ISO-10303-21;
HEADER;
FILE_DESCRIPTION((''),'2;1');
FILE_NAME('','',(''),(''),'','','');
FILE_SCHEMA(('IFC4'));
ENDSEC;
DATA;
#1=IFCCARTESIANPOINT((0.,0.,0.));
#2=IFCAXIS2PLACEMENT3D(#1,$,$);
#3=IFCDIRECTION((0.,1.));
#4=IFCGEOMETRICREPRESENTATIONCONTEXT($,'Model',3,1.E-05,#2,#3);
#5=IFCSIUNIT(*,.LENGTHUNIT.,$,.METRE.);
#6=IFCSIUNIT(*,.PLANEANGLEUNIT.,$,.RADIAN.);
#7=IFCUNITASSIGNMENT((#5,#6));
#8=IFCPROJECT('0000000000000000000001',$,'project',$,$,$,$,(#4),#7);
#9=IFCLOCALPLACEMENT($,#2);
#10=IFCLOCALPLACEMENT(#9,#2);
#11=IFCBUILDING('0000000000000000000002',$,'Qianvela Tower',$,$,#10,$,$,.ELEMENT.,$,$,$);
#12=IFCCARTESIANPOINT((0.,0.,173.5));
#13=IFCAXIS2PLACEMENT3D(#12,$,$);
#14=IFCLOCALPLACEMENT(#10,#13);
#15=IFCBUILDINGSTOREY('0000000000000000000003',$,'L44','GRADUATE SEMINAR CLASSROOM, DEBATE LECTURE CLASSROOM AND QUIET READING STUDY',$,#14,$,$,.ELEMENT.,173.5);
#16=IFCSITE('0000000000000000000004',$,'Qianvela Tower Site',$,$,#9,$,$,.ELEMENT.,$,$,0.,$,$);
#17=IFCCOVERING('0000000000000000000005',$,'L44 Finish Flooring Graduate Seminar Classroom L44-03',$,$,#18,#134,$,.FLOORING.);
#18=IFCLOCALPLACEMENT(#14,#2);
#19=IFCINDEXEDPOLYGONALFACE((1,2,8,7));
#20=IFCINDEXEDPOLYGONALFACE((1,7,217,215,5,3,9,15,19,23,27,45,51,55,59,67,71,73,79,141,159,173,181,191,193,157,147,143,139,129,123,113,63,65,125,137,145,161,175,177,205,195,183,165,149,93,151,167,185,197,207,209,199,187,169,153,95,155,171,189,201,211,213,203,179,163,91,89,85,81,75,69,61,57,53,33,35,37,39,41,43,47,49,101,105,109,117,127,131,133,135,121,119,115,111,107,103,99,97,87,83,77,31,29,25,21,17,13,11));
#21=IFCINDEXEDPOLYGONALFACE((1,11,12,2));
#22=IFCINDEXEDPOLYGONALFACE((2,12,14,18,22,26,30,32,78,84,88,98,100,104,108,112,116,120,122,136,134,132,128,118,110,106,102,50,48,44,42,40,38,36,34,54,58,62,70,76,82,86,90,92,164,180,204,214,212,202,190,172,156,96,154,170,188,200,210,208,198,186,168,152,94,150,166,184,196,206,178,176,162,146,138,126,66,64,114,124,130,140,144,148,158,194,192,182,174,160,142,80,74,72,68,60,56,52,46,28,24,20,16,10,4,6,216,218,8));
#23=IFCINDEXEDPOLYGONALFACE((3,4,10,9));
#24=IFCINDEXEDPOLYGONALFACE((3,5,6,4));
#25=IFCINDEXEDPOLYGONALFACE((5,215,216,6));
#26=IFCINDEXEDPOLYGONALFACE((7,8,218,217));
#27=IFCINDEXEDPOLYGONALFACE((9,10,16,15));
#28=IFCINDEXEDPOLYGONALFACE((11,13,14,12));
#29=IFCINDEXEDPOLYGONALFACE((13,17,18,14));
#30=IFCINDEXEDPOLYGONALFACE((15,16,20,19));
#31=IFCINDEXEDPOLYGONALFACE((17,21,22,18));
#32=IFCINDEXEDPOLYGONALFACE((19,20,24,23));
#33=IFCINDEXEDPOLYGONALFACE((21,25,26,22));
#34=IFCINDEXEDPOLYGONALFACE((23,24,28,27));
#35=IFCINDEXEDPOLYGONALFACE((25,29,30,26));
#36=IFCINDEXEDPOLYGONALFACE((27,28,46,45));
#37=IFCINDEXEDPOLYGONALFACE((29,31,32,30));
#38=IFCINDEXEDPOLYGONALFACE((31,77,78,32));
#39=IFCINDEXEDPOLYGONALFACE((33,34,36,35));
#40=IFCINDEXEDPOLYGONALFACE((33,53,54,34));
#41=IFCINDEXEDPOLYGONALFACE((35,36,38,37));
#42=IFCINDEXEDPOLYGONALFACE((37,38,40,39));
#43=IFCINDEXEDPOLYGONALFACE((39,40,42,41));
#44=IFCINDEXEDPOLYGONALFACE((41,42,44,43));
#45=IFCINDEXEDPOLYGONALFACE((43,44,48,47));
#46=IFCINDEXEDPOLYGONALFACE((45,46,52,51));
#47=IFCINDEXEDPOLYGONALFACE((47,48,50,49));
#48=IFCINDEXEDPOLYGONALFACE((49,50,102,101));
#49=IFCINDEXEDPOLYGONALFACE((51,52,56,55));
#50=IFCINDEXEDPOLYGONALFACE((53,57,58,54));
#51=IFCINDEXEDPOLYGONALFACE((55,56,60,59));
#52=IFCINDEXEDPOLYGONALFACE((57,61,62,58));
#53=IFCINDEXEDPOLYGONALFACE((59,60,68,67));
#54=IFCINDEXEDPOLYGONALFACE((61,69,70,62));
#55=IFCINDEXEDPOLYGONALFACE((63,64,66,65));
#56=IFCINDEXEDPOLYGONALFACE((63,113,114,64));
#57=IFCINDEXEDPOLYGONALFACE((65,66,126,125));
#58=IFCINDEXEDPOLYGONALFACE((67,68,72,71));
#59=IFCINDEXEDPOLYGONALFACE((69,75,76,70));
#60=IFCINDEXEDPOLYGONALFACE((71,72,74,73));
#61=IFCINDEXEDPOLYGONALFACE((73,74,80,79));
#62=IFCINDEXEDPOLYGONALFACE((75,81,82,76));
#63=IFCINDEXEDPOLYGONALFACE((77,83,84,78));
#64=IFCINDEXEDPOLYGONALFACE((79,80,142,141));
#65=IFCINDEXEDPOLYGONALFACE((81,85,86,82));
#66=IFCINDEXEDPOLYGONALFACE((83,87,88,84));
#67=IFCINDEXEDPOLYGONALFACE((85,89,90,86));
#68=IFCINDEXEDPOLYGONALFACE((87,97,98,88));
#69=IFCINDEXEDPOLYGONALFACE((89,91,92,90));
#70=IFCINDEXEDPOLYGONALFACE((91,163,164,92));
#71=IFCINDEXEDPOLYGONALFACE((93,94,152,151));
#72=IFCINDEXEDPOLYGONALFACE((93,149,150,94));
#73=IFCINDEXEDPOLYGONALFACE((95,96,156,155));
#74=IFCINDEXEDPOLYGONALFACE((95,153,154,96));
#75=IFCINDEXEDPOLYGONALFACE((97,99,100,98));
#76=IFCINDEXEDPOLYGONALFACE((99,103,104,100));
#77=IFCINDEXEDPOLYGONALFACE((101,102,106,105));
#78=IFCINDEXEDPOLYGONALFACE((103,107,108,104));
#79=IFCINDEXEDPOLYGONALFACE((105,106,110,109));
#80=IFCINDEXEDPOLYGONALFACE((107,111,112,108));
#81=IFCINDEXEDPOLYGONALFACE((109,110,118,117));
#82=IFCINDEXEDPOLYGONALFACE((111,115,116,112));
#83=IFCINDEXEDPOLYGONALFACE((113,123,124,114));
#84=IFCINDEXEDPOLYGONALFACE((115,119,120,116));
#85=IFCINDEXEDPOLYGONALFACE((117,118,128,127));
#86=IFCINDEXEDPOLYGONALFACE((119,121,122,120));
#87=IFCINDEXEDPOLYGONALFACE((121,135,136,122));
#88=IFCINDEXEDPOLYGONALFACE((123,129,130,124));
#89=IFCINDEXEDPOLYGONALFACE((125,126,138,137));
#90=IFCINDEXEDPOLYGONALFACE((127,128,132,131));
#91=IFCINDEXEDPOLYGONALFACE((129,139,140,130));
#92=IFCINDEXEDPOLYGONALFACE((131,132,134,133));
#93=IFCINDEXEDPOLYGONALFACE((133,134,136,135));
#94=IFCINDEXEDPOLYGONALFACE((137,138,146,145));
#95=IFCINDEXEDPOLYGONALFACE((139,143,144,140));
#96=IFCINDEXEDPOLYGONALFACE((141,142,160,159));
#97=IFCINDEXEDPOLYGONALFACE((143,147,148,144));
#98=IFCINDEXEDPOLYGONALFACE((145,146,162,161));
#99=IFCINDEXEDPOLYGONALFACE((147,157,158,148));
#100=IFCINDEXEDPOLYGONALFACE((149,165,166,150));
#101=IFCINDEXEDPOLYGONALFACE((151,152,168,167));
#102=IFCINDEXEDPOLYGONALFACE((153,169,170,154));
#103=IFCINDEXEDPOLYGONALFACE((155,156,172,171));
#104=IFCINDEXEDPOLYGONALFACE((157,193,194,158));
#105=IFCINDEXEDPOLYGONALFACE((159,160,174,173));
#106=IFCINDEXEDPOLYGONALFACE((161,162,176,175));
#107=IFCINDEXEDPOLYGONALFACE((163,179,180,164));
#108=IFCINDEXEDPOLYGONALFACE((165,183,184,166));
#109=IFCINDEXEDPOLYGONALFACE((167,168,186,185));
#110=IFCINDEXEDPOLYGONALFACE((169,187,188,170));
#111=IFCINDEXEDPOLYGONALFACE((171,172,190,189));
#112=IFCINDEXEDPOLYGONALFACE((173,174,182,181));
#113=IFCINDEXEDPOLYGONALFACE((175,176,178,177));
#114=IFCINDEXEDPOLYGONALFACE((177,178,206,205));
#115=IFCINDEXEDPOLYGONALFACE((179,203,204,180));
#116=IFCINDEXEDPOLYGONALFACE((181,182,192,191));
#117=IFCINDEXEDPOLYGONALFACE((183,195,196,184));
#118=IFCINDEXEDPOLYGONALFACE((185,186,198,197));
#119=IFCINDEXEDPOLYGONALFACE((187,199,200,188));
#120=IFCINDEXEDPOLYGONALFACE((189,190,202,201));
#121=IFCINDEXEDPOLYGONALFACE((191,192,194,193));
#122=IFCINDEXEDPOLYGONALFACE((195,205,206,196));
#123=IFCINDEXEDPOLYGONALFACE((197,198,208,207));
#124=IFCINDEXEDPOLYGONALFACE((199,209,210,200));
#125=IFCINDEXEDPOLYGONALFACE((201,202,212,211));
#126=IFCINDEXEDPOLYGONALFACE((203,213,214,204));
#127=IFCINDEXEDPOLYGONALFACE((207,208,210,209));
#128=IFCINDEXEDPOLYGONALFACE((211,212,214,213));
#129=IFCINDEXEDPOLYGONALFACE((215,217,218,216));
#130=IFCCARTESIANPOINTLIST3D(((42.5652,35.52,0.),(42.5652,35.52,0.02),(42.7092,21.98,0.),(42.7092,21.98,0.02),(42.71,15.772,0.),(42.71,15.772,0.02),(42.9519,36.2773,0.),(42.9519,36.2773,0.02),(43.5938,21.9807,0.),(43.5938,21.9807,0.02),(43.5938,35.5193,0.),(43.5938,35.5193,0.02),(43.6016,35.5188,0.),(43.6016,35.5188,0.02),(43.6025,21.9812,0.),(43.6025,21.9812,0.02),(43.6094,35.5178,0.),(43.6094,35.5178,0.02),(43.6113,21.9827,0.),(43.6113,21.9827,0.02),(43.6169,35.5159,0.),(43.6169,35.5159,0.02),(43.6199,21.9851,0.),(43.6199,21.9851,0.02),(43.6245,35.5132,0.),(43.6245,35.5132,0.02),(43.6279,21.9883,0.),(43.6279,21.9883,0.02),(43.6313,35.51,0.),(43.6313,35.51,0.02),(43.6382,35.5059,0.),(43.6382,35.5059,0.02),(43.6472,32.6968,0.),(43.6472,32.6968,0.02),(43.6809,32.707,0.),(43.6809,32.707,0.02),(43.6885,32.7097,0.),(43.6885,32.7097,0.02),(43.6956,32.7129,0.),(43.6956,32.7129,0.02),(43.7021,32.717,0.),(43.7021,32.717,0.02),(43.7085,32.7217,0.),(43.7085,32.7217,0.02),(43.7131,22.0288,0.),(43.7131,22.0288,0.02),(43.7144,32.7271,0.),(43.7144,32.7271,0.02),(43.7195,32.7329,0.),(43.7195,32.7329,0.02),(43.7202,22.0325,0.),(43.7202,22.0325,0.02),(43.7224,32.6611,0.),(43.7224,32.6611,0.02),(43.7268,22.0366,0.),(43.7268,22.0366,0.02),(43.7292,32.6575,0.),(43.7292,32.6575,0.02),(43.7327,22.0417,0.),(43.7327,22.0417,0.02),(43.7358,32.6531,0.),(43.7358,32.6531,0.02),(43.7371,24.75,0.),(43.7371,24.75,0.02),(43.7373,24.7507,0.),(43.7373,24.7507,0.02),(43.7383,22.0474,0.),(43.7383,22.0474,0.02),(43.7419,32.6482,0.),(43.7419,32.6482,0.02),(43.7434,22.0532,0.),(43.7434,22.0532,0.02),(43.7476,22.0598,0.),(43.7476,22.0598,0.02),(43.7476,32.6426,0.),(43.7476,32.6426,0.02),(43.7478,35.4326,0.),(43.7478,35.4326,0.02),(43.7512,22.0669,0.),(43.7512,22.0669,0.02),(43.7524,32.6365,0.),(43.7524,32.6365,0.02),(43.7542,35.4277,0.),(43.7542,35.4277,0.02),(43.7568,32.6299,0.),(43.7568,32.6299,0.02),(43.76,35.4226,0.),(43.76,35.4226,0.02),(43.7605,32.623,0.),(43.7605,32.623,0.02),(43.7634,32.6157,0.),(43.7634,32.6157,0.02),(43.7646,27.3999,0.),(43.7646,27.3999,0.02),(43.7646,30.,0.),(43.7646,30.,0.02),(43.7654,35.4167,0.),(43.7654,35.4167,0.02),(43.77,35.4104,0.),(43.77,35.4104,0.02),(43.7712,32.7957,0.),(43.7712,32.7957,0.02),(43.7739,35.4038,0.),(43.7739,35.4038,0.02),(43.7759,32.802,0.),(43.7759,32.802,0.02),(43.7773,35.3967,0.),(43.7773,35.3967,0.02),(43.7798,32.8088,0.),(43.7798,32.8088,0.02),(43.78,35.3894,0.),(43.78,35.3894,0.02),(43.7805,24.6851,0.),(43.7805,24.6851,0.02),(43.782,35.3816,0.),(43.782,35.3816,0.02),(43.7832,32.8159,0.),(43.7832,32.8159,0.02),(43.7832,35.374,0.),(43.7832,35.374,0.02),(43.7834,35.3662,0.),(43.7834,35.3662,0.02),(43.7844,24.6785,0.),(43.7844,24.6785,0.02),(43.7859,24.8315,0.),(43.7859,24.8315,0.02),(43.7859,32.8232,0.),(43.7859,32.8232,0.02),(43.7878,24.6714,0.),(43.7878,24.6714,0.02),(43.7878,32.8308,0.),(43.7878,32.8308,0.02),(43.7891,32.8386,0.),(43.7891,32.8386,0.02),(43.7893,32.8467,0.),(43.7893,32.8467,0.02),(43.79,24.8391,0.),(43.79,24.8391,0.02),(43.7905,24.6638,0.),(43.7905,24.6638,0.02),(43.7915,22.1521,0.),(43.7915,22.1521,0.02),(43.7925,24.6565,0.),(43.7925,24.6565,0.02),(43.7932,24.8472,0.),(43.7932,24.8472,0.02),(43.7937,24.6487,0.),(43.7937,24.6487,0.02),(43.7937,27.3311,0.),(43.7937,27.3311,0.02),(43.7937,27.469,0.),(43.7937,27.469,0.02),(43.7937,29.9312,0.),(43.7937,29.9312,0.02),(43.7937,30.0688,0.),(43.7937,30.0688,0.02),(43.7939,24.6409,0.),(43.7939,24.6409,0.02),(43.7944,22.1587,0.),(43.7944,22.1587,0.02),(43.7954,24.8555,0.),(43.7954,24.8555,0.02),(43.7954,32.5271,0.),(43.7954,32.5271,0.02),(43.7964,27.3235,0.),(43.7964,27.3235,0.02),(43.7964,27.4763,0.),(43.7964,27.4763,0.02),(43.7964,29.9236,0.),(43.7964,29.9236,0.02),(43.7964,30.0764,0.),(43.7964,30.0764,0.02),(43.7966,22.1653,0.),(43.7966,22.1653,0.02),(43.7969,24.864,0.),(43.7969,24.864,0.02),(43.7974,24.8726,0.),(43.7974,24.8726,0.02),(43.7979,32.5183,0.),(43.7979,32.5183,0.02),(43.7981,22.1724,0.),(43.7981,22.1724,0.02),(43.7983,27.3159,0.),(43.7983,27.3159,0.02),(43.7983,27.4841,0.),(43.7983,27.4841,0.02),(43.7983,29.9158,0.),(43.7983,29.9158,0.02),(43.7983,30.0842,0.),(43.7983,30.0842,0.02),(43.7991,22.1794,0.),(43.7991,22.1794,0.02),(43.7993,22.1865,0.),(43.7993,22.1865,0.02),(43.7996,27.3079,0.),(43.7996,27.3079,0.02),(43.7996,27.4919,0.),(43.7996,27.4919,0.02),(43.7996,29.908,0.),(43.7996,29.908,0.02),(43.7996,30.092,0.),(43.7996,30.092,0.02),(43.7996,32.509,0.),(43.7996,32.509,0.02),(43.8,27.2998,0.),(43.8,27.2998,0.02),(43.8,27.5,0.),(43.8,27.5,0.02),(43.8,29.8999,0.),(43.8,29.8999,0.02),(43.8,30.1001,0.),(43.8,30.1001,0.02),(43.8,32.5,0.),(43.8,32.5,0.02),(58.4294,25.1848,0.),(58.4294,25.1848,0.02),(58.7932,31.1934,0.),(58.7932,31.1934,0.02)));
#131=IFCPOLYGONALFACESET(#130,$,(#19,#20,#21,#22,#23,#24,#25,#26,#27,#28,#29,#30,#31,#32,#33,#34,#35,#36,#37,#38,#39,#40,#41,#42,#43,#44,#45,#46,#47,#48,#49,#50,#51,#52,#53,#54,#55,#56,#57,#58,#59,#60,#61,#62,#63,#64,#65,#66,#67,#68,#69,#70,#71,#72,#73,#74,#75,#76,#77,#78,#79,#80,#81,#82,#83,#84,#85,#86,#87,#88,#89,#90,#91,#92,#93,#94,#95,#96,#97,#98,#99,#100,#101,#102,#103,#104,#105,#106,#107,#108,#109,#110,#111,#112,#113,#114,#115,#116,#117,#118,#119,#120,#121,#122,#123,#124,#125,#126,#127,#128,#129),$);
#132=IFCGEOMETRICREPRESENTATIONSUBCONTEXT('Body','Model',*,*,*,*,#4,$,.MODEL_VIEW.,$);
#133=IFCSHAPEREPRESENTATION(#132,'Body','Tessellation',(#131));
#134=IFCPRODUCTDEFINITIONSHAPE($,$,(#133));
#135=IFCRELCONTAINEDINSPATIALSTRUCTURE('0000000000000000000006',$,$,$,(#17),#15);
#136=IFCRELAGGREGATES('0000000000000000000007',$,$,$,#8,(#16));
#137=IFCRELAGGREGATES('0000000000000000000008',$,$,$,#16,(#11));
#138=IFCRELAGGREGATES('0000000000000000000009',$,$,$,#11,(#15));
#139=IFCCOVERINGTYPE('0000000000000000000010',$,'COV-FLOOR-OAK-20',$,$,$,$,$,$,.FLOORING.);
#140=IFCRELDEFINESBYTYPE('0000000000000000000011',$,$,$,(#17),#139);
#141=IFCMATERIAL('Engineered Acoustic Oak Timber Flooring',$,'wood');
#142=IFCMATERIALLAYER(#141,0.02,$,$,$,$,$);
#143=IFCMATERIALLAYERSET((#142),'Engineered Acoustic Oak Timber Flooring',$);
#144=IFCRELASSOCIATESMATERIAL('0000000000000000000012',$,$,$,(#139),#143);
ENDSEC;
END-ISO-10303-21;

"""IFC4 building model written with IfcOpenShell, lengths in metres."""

from ifc_helpers import new_model, si_unit, direction, frame, origin, place, context, subcontext, project, spatial, polyline, outline, extrude, material, layer, layer_set, type_object, element, save


model = new_model("IFC4")

# Units and contexts
model_context = context("Model", 3, precision=1e-05, world=origin(), true_north=direction((0.0, 1.0)))
body_context = subcontext(model_context, "Body", "Model", "MODEL_VIEW")
ifc_project = project(units=[si_unit("LENGTHUNIT", "METRE"), si_unit("PLANEANGLEUNIT", "RADIAN")], contexts=[model_context])

# Site, building, storey
site_placement = place(None, origin())
site = spatial("IfcSite", under=ifc_project, at=site_placement, Name="Qianvela Tower Site", CompositionType="ELEMENT", RefElevation=0.0)
building_placement = place(site_placement, origin())
building = spatial("IfcBuilding", under=site, at=building_placement, Name="Qianvela Tower", CompositionType="ELEMENT")
storey_placement = place(building_placement, frame((0.0, 0.0, 173.5)))
storey = spatial("IfcBuildingStorey", under=building, at=storey_placement, Name="L44", Description="GRADUATE SEMINAR CLASSROOM, DEBATE LECTURE CLASSROOM AND QUIET READING STUDY", CompositionType="ELEMENT", Elevation=173.5)

# Covering
ifc_material_1 = material(Name="Engineered Acoustic Oak Timber Flooring", Category="wood")
ifc_layer_1 = layer(ifc_material_1, 0.02)
ifc_layer_set_1 = layer_set([ifc_layer_1], Name="Engineered Acoustic Oak Timber Flooring")
covering_type_1 = type_object("IfcCoveringType", Name="COV-FLOOR-OAK-20", PredefinedType="FLOORING", material=ifc_layer_set_1)
covering_1_placement = place(storey_placement, origin())
element("IfcCovering", 1, at=covering_1_placement, inside=storey, type_object=covering_type_1, Name="L44 Finish Flooring Graduate Seminar Classroom L44-03", PredefinedType="FLOORING", context=body_context, shape_type="SweptSolid", body=[
    extrude(outline(polyline([(42.71, 15.772), (42.7092, 21.98), (43.5938, 21.9807), (43.6025, 21.9812), (43.6113, 21.9827), (43.6199, 21.9851), (43.6279, 21.9883), (43.7131, 22.0288), (43.7202, 22.0325), (43.7268, 22.0366), (43.7327, 22.0417), (43.7383, 22.0474), (43.7434, 22.0532), (43.7476, 22.0598), (43.7512, 22.0669), (43.7915, 22.1521), (43.7944, 22.1587), (43.7966, 22.1653), (43.7981, 22.1724), (43.7991, 22.1794), (43.7993, 22.1865), (43.7939, 24.6409), (43.7937, 24.6487), (43.7925, 24.6565), (43.7905, 24.6638), (43.7878, 24.6714), (43.7844, 24.6785), (43.7805, 24.6851), (43.7371, 24.75), (43.7373, 24.7507), (43.7859, 24.8315), (43.79, 24.8391), (43.7932, 24.8472), (43.7954, 24.8555), (43.7969, 24.864), (43.7974, 24.8726), (43.8, 27.2998), (43.7996, 27.3079), (43.7983, 27.3159), (43.7964, 27.3235), (43.7937, 27.3311), (43.7646, 27.3999), (43.7937, 27.469), (43.7964, 27.4763), (43.7983, 27.4841), (43.7996, 27.4919), (43.8, 27.5), (43.8, 29.8999), (43.7996, 29.908), (43.7983, 29.9158), (43.7964, 29.9236), (43.7937, 29.9312), (43.7646, 30.0), (43.7937, 30.0688), (43.7964, 30.0764), (43.7983, 30.0842), (43.7996, 30.092), (43.8, 30.1001), (43.8, 32.5), (43.7996, 32.509), (43.7979, 32.5183), (43.7954, 32.5271), (43.7634, 32.6157), (43.7605, 32.623), (43.7568, 32.6299), (43.7524, 32.6365), (43.7476, 32.6426), (43.7419, 32.6482), (43.7358, 32.6531), (43.7292, 32.6575), (43.7224, 32.6611), (43.6472, 32.6968), (43.6809, 32.707), (43.6885, 32.7097), (43.6956, 32.7129), (43.7021, 32.717), (43.7085, 32.7217), (43.7144, 32.7271), (43.7195, 32.7329), (43.7712, 32.7957), (43.7759, 32.802), (43.7798, 32.8088), (43.7832, 32.8159), (43.7859, 32.8232), (43.7878, 32.8308), (43.7891, 32.8386), (43.7893, 32.8467), (43.7834, 35.3662), (43.7832, 35.374), (43.782, 35.3816), (43.78, 35.3894), (43.7773, 35.3967), (43.7739, 35.4038), (43.77, 35.4104), (43.7654, 35.4167), (43.76, 35.4226), (43.7542, 35.4277), (43.7478, 35.4326), (43.6382, 35.5059), (43.6313, 35.51), (43.6245, 35.5132), (43.6169, 35.5159), (43.6094, 35.5178), (43.6016, 35.5188), (43.5938, 35.5193), (42.5652, 35.52), (42.9519, 36.2773), (58.7932, 31.1934), (58.4294, 25.1848), (42.71, 15.772)])), origin(), (0.0, 0.0, 1.0), 0.02),
])

save(model, "model.ifc")
